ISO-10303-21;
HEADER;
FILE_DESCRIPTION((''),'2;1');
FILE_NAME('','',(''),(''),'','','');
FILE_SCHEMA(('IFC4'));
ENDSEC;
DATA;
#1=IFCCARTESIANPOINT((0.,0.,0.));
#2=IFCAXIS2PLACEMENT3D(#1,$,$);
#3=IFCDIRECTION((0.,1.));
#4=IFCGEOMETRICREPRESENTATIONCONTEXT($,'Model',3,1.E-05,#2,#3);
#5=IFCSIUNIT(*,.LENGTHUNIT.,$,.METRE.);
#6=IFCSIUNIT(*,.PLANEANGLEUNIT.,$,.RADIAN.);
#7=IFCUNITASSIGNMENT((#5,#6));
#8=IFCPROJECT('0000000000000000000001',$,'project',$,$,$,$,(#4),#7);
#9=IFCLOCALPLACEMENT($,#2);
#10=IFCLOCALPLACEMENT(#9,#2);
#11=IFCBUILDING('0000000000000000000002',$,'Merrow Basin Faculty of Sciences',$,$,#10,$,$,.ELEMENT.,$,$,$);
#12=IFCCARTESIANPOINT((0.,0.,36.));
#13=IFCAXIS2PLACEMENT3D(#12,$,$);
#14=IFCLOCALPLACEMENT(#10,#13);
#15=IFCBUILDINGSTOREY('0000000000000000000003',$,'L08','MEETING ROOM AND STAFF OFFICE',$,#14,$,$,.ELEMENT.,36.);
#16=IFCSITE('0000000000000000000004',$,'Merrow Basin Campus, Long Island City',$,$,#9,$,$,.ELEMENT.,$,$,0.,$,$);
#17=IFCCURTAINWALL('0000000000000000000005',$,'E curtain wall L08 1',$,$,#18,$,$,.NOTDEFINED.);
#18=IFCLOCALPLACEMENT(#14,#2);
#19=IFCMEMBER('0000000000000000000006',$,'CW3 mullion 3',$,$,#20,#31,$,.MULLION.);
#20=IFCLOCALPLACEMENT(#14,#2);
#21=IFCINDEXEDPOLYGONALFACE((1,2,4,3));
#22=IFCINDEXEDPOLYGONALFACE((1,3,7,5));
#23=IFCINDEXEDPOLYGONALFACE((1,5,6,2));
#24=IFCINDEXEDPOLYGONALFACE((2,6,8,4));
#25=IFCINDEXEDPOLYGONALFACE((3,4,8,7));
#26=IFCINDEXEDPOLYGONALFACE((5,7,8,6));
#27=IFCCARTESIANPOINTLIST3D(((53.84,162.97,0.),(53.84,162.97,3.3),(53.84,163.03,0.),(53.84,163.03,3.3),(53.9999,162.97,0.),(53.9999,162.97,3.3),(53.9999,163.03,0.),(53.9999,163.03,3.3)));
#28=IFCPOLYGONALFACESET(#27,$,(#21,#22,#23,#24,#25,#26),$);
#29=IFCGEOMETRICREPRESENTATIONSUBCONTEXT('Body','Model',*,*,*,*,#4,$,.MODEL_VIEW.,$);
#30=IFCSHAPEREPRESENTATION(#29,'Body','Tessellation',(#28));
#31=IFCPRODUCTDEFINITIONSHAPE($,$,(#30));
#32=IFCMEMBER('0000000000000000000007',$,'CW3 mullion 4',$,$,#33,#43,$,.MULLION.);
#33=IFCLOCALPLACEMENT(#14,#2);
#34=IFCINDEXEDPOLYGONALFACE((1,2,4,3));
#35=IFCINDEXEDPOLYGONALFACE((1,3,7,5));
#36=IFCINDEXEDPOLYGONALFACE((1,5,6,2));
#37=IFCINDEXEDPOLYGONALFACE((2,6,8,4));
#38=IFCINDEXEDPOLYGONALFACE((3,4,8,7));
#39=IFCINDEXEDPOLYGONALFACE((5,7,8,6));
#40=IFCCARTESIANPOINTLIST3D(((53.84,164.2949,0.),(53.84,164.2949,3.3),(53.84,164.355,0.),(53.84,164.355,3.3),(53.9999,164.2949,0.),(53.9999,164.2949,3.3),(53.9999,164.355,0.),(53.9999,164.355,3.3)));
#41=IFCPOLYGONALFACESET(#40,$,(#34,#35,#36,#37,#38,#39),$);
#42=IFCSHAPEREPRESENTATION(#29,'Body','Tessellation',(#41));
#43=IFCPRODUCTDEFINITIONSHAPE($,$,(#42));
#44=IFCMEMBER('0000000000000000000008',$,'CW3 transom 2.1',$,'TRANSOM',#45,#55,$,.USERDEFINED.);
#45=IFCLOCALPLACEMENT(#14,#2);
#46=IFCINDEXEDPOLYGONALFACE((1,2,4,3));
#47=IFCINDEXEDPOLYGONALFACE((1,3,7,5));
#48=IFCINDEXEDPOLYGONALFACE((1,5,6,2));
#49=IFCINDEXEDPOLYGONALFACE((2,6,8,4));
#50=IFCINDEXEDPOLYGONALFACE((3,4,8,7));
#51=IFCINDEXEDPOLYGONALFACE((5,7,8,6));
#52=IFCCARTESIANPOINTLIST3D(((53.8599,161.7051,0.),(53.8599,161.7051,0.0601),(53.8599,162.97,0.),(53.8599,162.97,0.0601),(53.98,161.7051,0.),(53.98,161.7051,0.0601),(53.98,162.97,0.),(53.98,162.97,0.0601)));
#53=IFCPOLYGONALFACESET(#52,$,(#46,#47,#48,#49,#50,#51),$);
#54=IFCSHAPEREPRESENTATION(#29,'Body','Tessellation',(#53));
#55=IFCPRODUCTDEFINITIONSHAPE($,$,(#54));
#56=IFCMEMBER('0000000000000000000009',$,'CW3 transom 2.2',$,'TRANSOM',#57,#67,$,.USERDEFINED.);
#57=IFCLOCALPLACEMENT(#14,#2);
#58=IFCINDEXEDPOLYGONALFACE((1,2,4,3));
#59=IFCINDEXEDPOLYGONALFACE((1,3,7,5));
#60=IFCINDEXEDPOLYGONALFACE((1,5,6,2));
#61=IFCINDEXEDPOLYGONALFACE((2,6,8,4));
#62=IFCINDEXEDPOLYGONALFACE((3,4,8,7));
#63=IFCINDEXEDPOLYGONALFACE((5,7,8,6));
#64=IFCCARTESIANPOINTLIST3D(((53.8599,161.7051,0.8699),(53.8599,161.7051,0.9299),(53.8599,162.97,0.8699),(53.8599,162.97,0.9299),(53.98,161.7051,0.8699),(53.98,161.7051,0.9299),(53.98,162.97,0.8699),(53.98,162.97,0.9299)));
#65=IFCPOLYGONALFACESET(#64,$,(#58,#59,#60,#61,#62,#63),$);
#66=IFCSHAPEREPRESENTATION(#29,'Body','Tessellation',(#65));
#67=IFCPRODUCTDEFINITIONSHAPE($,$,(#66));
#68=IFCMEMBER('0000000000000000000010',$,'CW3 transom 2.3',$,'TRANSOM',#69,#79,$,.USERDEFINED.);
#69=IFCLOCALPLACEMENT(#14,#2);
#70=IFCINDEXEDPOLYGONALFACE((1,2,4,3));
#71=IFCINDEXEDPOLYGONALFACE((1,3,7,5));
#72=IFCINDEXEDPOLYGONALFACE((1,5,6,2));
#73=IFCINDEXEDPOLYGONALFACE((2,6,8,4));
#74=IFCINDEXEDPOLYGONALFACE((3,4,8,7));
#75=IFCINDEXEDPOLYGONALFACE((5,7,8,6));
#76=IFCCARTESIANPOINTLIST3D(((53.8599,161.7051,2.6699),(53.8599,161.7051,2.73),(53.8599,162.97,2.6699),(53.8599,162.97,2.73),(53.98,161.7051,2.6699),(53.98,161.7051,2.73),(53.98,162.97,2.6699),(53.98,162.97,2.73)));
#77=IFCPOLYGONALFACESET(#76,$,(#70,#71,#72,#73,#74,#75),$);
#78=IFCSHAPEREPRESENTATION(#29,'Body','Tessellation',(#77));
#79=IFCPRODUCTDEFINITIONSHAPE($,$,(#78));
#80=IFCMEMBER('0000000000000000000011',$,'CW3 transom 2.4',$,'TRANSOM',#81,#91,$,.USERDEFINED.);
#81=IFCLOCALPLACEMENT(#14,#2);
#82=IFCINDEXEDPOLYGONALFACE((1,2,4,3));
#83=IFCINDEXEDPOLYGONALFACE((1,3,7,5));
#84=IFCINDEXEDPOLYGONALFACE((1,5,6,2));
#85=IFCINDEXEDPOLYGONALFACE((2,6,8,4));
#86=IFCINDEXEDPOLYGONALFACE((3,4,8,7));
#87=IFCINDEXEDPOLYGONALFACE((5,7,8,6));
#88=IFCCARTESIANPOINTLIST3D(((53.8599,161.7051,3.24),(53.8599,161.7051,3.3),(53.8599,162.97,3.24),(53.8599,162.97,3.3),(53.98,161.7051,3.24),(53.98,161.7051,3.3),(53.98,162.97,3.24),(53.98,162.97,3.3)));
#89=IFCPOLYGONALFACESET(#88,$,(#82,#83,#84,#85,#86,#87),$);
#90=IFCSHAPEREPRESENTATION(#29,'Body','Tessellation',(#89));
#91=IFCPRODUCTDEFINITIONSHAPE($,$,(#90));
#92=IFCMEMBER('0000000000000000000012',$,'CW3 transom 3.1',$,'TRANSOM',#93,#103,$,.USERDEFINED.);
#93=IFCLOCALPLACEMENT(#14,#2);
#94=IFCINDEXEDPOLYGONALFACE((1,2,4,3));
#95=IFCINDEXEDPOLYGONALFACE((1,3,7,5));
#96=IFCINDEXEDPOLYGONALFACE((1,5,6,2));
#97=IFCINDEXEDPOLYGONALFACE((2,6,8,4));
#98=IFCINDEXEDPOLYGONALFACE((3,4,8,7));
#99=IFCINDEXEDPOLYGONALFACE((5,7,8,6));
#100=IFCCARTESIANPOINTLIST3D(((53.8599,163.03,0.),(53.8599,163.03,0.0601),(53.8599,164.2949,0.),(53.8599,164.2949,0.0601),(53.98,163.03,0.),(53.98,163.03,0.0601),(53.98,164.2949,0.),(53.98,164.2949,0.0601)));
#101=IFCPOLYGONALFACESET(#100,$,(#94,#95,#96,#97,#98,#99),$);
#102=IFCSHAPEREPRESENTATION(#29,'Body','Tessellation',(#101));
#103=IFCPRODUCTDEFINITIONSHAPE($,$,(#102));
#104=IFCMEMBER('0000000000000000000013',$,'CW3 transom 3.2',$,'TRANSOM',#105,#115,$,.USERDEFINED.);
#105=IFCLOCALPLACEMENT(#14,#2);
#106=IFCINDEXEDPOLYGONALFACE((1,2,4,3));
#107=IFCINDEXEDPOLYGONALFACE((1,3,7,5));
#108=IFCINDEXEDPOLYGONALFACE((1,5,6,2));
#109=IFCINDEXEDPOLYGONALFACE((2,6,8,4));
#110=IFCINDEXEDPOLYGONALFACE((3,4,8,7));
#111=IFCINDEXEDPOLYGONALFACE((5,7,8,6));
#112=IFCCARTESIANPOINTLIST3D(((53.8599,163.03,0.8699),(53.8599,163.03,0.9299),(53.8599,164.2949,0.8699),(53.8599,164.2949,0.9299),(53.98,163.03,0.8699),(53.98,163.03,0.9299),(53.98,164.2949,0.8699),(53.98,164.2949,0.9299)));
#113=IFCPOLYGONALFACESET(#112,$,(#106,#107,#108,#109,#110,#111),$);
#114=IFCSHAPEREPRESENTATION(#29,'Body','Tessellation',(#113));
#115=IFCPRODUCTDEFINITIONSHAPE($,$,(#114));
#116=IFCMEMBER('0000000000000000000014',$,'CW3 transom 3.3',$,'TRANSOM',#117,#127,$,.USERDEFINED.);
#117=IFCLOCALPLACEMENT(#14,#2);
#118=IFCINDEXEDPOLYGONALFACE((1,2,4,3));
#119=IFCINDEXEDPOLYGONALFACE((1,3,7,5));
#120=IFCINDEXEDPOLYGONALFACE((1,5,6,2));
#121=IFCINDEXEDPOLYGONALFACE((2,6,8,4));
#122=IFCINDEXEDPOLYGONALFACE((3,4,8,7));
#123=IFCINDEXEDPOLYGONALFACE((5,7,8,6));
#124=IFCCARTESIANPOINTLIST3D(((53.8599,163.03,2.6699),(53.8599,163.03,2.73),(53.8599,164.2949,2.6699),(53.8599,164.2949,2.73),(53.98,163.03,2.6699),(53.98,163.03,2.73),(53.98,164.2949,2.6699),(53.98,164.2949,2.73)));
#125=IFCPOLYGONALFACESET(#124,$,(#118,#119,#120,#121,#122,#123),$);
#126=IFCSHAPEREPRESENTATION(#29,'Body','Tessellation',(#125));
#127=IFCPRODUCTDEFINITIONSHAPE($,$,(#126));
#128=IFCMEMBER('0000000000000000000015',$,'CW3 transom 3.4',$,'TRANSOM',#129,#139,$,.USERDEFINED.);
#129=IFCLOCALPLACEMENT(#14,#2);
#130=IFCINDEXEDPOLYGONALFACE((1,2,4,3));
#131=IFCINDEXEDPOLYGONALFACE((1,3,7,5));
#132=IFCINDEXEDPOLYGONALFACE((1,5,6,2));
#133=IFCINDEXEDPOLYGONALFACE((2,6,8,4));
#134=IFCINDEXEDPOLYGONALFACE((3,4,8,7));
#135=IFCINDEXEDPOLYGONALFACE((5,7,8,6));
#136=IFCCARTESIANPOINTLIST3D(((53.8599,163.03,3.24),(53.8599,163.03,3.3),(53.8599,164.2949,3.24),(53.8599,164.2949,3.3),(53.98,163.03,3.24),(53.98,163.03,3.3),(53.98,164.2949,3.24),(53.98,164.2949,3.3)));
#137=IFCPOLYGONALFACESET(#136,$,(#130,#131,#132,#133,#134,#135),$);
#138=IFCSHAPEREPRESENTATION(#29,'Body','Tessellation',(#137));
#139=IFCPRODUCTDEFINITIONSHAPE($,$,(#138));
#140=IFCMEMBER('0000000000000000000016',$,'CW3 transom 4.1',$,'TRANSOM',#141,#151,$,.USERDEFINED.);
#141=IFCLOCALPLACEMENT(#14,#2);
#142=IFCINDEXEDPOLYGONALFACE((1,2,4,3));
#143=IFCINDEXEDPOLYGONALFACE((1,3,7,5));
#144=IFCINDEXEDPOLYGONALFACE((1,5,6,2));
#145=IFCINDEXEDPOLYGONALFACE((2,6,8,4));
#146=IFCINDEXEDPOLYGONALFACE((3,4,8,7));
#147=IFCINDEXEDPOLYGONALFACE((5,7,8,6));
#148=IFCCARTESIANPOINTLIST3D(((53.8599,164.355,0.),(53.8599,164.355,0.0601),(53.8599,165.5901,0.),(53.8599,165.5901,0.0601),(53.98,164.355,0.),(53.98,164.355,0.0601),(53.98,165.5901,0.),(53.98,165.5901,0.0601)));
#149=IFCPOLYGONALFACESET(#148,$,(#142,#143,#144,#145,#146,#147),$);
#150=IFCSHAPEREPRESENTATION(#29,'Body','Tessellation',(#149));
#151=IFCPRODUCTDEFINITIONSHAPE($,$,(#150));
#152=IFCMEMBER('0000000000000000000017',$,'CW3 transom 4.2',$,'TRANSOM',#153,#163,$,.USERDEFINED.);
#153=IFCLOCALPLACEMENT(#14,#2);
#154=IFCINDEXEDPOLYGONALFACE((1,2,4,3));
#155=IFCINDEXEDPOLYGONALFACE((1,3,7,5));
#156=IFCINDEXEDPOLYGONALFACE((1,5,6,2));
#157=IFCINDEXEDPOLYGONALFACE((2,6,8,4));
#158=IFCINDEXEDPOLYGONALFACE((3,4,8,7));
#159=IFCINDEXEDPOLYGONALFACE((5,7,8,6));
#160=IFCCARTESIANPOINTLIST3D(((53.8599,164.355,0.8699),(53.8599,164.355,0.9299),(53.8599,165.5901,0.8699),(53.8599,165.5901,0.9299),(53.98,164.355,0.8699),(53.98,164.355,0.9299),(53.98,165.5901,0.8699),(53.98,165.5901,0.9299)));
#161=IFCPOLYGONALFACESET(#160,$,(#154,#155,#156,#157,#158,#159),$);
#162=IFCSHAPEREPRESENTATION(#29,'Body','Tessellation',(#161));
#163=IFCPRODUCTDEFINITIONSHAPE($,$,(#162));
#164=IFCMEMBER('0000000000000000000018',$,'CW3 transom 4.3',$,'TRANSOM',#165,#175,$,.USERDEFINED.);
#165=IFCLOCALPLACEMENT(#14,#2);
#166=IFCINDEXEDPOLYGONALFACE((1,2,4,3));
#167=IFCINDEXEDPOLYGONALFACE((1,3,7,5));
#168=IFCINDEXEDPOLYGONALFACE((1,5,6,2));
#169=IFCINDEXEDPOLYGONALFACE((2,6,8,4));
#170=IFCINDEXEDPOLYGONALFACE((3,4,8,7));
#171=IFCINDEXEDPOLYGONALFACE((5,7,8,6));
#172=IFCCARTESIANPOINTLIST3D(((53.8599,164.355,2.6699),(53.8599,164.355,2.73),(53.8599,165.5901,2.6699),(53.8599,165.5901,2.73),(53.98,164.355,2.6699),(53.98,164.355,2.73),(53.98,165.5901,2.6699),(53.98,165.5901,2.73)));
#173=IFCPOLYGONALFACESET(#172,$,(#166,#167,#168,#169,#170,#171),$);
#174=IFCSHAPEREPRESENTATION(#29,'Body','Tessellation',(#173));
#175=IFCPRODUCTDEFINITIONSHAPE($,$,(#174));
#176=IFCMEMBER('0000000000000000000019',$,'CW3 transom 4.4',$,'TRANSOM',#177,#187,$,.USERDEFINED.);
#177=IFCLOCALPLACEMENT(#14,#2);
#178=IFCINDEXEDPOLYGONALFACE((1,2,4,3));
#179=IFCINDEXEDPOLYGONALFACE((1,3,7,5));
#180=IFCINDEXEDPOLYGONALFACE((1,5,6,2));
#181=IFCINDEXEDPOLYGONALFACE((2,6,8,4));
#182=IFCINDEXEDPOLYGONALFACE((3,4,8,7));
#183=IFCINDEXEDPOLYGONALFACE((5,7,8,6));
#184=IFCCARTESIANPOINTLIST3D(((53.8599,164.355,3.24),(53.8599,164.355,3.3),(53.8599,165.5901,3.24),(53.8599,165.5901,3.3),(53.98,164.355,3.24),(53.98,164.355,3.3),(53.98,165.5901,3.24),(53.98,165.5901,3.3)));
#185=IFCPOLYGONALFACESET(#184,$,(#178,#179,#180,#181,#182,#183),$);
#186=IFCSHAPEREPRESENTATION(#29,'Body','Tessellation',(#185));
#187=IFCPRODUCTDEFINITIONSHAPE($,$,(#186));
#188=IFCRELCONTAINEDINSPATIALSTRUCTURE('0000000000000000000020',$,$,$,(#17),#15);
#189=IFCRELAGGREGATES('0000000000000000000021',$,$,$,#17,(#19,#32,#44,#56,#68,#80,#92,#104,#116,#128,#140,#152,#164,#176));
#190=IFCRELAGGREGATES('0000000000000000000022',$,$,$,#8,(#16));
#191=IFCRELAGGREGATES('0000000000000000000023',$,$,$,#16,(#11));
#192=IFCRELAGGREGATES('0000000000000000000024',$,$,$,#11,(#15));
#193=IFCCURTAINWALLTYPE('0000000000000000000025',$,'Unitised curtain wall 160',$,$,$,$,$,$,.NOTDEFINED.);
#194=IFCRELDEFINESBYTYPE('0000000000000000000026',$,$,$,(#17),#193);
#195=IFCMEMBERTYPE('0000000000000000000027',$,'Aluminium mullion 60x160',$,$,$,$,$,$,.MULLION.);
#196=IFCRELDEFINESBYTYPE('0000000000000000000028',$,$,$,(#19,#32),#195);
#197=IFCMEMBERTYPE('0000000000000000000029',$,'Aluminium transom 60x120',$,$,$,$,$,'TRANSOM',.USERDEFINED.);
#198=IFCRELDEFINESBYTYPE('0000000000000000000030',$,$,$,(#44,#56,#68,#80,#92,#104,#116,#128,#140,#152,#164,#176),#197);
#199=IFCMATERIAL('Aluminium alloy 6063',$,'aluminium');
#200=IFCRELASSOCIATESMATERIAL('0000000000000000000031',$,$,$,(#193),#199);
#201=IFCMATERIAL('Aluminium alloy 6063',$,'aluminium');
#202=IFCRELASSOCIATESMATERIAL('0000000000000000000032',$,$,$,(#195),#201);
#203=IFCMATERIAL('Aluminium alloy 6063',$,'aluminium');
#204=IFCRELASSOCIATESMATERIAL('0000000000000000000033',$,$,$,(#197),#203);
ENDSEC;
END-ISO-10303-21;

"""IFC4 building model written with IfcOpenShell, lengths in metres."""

from ifc_helpers import new_model, si_unit, direction, frame, origin, origin_2d, place, context, subcontext, project, spatial, rectangle, extrude, material, material_profile, profile_set, type_object, element, aggregate, save


model = new_model("IFC4")

# Units and contexts
model_context = context("Model", 3, precision=1e-05, world=origin(), true_north=direction((0.0, 1.0)))
body_context = subcontext(model_context, "Body", "Model", "MODEL_VIEW")
ifc_project = project(units=[si_unit("LENGTHUNIT", "METRE"), si_unit("PLANEANGLEUNIT", "RADIAN")], contexts=[model_context])

# Site, building, storey
site_placement = place(None, origin())
site = spatial("IfcSite", under=ifc_project, at=site_placement, Name="Merrow Basin Campus, Long Island City", CompositionType="ELEMENT", RefElevation=0.0)
building_placement = place(site_placement, origin())
building = spatial("IfcBuilding", under=site, at=building_placement, Name="Merrow Basin Faculty of Sciences", CompositionType="ELEMENT")
storey_placement = place(building_placement, frame((0.0, 0.0, 36.0)))
storey = spatial("IfcBuildingStorey", under=building, at=storey_placement, Name="L08", Description="MEETING ROOM AND STAFF OFFICE", CompositionType="ELEMENT", Elevation=36.0)

# Curtain wall, members
ifc_material_1 = material(Name="Aluminium alloy 6063", Category="aluminium")
curtain_wall_type = type_object("IfcCurtainWallType", Name="Unitised curtain wall 160", PredefinedType="NOTDEFINED", material=ifc_material_1)
curtain_wall_placement = place(storey_placement, origin())
curtain_wall = element("IfcCurtainWall", 1, at=curtain_wall_placement, inside=storey, type_object=curtain_wall_type, Name="E curtain wall L08 1", PredefinedType="NOTDEFINED")
ifc_material_2 = material(Name="Aluminium alloy 6063", Category="aluminium")
ifc_material_profile_1 = material_profile(ifc_material_2, rectangle(XDim=0.1599, YDim=0.0601, at=origin_2d()))
ifc_profile_set_1 = profile_set([ifc_material_profile_1], Name="Aluminium alloy 6063")
member_type_1 = type_object("IfcMemberType", Name="Aluminium mullion 60x160", PredefinedType="MULLION", material=ifc_profile_set_1)
member_1_placement = place(storey_placement, frame((53.9199, 163.0, 0.0), z_axis=(0.0, 0.0, 1.0), x_axis=(-1.0, 0.0, 0.0)))
member_1 = element("IfcMember", 2, at=member_1_placement, type_object=member_type_1, Name="CW3 mullion 3", PredefinedType="MULLION", context=body_context, shape_type="SweptSolid", body=[
    extrude(rectangle(XDim=0.1599, YDim=0.0601, at=origin_2d()), origin(), (0.0, 0.0, 1.0), 3.3),
])
member_2_placement = place(storey_placement, frame((53.9199, 164.325, 0.0), z_axis=(0.0, 0.0, 1.0), x_axis=(-1.0, 0.0, 0.0)))
member_2 = element("IfcMember", 3, at=member_2_placement, type_object=member_type_1, Name="CW3 mullion 4", PredefinedType="MULLION", context=body_context, shape_type="SweptSolid", body=[
    extrude(rectangle(XDim=0.1599, YDim=0.0601, at=origin_2d()), origin(), (0.0, 0.0, 1.0), 3.3),
])
ifc_material_3 = material(Name="Aluminium alloy 6063", Category="aluminium")
ifc_material_profile_2 = material_profile(ifc_material_3, rectangle(XDim=0.1201, YDim=0.0601, at=origin_2d()))
ifc_profile_set_2 = profile_set([ifc_material_profile_2], Name="Aluminium alloy 6063")
member_type_2 = type_object("IfcMemberType", Name="Aluminium transom 60x120", ElementType="TRANSOM", PredefinedType="USERDEFINED", material=ifc_profile_set_2)
member_3_placement = place(storey_placement, frame((53.9199, 161.7051, 0.03), z_axis=(0.0, 1.0, 0.0), x_axis=(-1.0, 0.0, 0.0)))
member_3 = element("IfcMember", 4, at=member_3_placement, type_object=member_type_2, Name="CW3 transom 2.1", ObjectType="TRANSOM", PredefinedType="USERDEFINED", context=body_context, shape_type="SweptSolid", body=[
    extrude(rectangle(XDim=0.1201, YDim=0.0601, at=origin_2d()), origin(), (0.0, 0.0, 1.0), 1.2649),
])
member_4_placement = place(storey_placement, frame((53.9199, 161.7051, 0.8999), z_axis=(0.0, 1.0, 0.0), x_axis=(-1.0, 0.0, 0.0)))
member_4 = element("IfcMember", 5, at=member_4_placement, type_object=member_type_2, Name="CW3 transom 2.2", ObjectType="TRANSOM", PredefinedType="USERDEFINED", context=body_context, shape_type="SweptSolid", body=[
    extrude(rectangle(XDim=0.1201, YDim=0.0601, at=origin_2d()), origin(), (0.0, 0.0, 1.0), 1.2649),
])
member_5_placement = place(storey_placement, frame((53.9199, 161.7051, 2.7), z_axis=(0.0, 1.0, 0.0), x_axis=(-1.0, 0.0, 0.0)))
member_5 = element("IfcMember", 6, at=member_5_placement, type_object=member_type_2, Name="CW3 transom 2.3", ObjectType="TRANSOM", PredefinedType="USERDEFINED", context=body_context, shape_type="SweptSolid", body=[
    extrude(rectangle(XDim=0.1201, YDim=0.0601, at=origin_2d()), origin(), (0.0, 0.0, 1.0), 1.2649),
])
member_6_placement = place(storey_placement, frame((53.9199, 161.7051, 3.27), z_axis=(0.0, 1.0, 0.0), x_axis=(-1.0, 0.0, 0.0)))
member_6 = element("IfcMember", 7, at=member_6_placement, type_object=member_type_2, Name="CW3 transom 2.4", ObjectType="TRANSOM", PredefinedType="USERDEFINED", context=body_context, shape_type="SweptSolid", body=[
    extrude(rectangle(XDim=0.1201, YDim=0.0601, at=origin_2d()), origin(), (0.0, 0.0, 1.0), 1.2649),
])
member_7_placement = place(storey_placement, frame((53.9199, 163.03, 0.03), z_axis=(0.0, 1.0, 0.0), x_axis=(-1.0, 0.0, 0.0)))
member_7 = element("IfcMember", 8, at=member_7_placement, type_object=member_type_2, Name="CW3 transom 3.1", ObjectType="TRANSOM", PredefinedType="USERDEFINED", context=body_context, shape_type="SweptSolid", body=[
    extrude(rectangle(XDim=0.1201, YDim=0.0601, at=origin_2d()), origin(), (0.0, 0.0, 1.0), 1.2649),
])
member_8_placement = place(storey_placement, frame((53.9199, 163.03, 0.8999), z_axis=(0.0, 1.0, 0.0), x_axis=(-1.0, 0.0, 0.0)))
member_8 = element("IfcMember", 9, at=member_8_placement, type_object=member_type_2, Name="CW3 transom 3.2", ObjectType="TRANSOM", PredefinedType="USERDEFINED", context=body_context, shape_type="SweptSolid", body=[
    extrude(rectangle(XDim=0.1201, YDim=0.0601, at=origin_2d()), origin(), (0.0, 0.0, 1.0), 1.2649),
])
member_9_placement = place(storey_placement, frame((53.9199, 163.03, 2.7), z_axis=(0.0, 1.0, 0.0), x_axis=(-1.0, 0.0, 0.0)))
member_9 = element("IfcMember", 10, at=member_9_placement, type_object=member_type_2, Name="CW3 transom 3.3", ObjectType="TRANSOM", PredefinedType="USERDEFINED", context=body_context, shape_type="SweptSolid", body=[
    extrude(rectangle(XDim=0.1201, YDim=0.0601, at=origin_2d()), origin(), (0.0, 0.0, 1.0), 1.2649),
])
member_10_placement = place(storey_placement, frame((53.9199, 163.03, 3.27), z_axis=(0.0, 1.0, 0.0), x_axis=(-1.0, 0.0, 0.0)))
member_10 = element("IfcMember", 11, at=member_10_placement, type_object=member_type_2, Name="CW3 transom 3.4", ObjectType="TRANSOM", PredefinedType="USERDEFINED", context=body_context, shape_type="SweptSolid", body=[
    extrude(rectangle(XDim=0.1201, YDim=0.0601, at=origin_2d()), origin(), (0.0, 0.0, 1.0), 1.2649),
])
member_11_placement = place(storey_placement, frame((53.9199, 164.355, 0.03), z_axis=(0.0, 1.0, 0.0), x_axis=(-1.0, 0.0, 0.0)))
member_11 = element("IfcMember", 12, at=member_11_placement, type_object=member_type_2, Name="CW3 transom 4.1", ObjectType="TRANSOM", PredefinedType="USERDEFINED", context=body_context, shape_type="SweptSolid", body=[
    extrude(rectangle(XDim=0.1201, YDim=0.0601, at=origin_2d()), origin(), (0.0, 0.0, 1.0), 1.2351),
])
member_12_placement = place(storey_placement, frame((53.9199, 164.355, 0.8999), z_axis=(0.0, 1.0, 0.0), x_axis=(-1.0, 0.0, 0.0)))
member_12 = element("IfcMember", 13, at=member_12_placement, type_object=member_type_2, Name="CW3 transom 4.2", ObjectType="TRANSOM", PredefinedType="USERDEFINED", context=body_context, shape_type="SweptSolid", body=[
    extrude(rectangle(XDim=0.1201, YDim=0.0601, at=origin_2d()), origin(), (0.0, 0.0, 1.0), 1.2351),
])
member_13_placement = place(storey_placement, frame((53.9199, 164.355, 2.7), z_axis=(0.0, 1.0, 0.0), x_axis=(-1.0, 0.0, 0.0)))
member_13 = element("IfcMember", 14, at=member_13_placement, type_object=member_type_2, Name="CW3 transom 4.3", ObjectType="TRANSOM", PredefinedType="USERDEFINED", context=body_context, shape_type="SweptSolid", body=[
    extrude(rectangle(XDim=0.1201, YDim=0.0601, at=origin_2d()), origin(), (0.0, 0.0, 1.0), 1.2351),
])
member_14_placement = place(storey_placement, frame((53.9199, 164.355, 3.27), z_axis=(0.0, 1.0, 0.0), x_axis=(-1.0, 0.0, 0.0)))
member_14 = element("IfcMember", 15, at=member_14_placement, type_object=member_type_2, Name="CW3 transom 4.4", ObjectType="TRANSOM", PredefinedType="USERDEFINED", context=body_context, shape_type="SweptSolid", body=[
    extrude(rectangle(XDim=0.1201, YDim=0.0601, at=origin_2d()), origin(), (0.0, 0.0, 1.0), 1.2351),
])
aggregate(curtain_wall, [member_1, member_2, member_3, member_4, member_5, member_6, member_7, member_8, member_9, member_10, member_11, member_12, member_13, member_14])

save(model, "model.ifc")
